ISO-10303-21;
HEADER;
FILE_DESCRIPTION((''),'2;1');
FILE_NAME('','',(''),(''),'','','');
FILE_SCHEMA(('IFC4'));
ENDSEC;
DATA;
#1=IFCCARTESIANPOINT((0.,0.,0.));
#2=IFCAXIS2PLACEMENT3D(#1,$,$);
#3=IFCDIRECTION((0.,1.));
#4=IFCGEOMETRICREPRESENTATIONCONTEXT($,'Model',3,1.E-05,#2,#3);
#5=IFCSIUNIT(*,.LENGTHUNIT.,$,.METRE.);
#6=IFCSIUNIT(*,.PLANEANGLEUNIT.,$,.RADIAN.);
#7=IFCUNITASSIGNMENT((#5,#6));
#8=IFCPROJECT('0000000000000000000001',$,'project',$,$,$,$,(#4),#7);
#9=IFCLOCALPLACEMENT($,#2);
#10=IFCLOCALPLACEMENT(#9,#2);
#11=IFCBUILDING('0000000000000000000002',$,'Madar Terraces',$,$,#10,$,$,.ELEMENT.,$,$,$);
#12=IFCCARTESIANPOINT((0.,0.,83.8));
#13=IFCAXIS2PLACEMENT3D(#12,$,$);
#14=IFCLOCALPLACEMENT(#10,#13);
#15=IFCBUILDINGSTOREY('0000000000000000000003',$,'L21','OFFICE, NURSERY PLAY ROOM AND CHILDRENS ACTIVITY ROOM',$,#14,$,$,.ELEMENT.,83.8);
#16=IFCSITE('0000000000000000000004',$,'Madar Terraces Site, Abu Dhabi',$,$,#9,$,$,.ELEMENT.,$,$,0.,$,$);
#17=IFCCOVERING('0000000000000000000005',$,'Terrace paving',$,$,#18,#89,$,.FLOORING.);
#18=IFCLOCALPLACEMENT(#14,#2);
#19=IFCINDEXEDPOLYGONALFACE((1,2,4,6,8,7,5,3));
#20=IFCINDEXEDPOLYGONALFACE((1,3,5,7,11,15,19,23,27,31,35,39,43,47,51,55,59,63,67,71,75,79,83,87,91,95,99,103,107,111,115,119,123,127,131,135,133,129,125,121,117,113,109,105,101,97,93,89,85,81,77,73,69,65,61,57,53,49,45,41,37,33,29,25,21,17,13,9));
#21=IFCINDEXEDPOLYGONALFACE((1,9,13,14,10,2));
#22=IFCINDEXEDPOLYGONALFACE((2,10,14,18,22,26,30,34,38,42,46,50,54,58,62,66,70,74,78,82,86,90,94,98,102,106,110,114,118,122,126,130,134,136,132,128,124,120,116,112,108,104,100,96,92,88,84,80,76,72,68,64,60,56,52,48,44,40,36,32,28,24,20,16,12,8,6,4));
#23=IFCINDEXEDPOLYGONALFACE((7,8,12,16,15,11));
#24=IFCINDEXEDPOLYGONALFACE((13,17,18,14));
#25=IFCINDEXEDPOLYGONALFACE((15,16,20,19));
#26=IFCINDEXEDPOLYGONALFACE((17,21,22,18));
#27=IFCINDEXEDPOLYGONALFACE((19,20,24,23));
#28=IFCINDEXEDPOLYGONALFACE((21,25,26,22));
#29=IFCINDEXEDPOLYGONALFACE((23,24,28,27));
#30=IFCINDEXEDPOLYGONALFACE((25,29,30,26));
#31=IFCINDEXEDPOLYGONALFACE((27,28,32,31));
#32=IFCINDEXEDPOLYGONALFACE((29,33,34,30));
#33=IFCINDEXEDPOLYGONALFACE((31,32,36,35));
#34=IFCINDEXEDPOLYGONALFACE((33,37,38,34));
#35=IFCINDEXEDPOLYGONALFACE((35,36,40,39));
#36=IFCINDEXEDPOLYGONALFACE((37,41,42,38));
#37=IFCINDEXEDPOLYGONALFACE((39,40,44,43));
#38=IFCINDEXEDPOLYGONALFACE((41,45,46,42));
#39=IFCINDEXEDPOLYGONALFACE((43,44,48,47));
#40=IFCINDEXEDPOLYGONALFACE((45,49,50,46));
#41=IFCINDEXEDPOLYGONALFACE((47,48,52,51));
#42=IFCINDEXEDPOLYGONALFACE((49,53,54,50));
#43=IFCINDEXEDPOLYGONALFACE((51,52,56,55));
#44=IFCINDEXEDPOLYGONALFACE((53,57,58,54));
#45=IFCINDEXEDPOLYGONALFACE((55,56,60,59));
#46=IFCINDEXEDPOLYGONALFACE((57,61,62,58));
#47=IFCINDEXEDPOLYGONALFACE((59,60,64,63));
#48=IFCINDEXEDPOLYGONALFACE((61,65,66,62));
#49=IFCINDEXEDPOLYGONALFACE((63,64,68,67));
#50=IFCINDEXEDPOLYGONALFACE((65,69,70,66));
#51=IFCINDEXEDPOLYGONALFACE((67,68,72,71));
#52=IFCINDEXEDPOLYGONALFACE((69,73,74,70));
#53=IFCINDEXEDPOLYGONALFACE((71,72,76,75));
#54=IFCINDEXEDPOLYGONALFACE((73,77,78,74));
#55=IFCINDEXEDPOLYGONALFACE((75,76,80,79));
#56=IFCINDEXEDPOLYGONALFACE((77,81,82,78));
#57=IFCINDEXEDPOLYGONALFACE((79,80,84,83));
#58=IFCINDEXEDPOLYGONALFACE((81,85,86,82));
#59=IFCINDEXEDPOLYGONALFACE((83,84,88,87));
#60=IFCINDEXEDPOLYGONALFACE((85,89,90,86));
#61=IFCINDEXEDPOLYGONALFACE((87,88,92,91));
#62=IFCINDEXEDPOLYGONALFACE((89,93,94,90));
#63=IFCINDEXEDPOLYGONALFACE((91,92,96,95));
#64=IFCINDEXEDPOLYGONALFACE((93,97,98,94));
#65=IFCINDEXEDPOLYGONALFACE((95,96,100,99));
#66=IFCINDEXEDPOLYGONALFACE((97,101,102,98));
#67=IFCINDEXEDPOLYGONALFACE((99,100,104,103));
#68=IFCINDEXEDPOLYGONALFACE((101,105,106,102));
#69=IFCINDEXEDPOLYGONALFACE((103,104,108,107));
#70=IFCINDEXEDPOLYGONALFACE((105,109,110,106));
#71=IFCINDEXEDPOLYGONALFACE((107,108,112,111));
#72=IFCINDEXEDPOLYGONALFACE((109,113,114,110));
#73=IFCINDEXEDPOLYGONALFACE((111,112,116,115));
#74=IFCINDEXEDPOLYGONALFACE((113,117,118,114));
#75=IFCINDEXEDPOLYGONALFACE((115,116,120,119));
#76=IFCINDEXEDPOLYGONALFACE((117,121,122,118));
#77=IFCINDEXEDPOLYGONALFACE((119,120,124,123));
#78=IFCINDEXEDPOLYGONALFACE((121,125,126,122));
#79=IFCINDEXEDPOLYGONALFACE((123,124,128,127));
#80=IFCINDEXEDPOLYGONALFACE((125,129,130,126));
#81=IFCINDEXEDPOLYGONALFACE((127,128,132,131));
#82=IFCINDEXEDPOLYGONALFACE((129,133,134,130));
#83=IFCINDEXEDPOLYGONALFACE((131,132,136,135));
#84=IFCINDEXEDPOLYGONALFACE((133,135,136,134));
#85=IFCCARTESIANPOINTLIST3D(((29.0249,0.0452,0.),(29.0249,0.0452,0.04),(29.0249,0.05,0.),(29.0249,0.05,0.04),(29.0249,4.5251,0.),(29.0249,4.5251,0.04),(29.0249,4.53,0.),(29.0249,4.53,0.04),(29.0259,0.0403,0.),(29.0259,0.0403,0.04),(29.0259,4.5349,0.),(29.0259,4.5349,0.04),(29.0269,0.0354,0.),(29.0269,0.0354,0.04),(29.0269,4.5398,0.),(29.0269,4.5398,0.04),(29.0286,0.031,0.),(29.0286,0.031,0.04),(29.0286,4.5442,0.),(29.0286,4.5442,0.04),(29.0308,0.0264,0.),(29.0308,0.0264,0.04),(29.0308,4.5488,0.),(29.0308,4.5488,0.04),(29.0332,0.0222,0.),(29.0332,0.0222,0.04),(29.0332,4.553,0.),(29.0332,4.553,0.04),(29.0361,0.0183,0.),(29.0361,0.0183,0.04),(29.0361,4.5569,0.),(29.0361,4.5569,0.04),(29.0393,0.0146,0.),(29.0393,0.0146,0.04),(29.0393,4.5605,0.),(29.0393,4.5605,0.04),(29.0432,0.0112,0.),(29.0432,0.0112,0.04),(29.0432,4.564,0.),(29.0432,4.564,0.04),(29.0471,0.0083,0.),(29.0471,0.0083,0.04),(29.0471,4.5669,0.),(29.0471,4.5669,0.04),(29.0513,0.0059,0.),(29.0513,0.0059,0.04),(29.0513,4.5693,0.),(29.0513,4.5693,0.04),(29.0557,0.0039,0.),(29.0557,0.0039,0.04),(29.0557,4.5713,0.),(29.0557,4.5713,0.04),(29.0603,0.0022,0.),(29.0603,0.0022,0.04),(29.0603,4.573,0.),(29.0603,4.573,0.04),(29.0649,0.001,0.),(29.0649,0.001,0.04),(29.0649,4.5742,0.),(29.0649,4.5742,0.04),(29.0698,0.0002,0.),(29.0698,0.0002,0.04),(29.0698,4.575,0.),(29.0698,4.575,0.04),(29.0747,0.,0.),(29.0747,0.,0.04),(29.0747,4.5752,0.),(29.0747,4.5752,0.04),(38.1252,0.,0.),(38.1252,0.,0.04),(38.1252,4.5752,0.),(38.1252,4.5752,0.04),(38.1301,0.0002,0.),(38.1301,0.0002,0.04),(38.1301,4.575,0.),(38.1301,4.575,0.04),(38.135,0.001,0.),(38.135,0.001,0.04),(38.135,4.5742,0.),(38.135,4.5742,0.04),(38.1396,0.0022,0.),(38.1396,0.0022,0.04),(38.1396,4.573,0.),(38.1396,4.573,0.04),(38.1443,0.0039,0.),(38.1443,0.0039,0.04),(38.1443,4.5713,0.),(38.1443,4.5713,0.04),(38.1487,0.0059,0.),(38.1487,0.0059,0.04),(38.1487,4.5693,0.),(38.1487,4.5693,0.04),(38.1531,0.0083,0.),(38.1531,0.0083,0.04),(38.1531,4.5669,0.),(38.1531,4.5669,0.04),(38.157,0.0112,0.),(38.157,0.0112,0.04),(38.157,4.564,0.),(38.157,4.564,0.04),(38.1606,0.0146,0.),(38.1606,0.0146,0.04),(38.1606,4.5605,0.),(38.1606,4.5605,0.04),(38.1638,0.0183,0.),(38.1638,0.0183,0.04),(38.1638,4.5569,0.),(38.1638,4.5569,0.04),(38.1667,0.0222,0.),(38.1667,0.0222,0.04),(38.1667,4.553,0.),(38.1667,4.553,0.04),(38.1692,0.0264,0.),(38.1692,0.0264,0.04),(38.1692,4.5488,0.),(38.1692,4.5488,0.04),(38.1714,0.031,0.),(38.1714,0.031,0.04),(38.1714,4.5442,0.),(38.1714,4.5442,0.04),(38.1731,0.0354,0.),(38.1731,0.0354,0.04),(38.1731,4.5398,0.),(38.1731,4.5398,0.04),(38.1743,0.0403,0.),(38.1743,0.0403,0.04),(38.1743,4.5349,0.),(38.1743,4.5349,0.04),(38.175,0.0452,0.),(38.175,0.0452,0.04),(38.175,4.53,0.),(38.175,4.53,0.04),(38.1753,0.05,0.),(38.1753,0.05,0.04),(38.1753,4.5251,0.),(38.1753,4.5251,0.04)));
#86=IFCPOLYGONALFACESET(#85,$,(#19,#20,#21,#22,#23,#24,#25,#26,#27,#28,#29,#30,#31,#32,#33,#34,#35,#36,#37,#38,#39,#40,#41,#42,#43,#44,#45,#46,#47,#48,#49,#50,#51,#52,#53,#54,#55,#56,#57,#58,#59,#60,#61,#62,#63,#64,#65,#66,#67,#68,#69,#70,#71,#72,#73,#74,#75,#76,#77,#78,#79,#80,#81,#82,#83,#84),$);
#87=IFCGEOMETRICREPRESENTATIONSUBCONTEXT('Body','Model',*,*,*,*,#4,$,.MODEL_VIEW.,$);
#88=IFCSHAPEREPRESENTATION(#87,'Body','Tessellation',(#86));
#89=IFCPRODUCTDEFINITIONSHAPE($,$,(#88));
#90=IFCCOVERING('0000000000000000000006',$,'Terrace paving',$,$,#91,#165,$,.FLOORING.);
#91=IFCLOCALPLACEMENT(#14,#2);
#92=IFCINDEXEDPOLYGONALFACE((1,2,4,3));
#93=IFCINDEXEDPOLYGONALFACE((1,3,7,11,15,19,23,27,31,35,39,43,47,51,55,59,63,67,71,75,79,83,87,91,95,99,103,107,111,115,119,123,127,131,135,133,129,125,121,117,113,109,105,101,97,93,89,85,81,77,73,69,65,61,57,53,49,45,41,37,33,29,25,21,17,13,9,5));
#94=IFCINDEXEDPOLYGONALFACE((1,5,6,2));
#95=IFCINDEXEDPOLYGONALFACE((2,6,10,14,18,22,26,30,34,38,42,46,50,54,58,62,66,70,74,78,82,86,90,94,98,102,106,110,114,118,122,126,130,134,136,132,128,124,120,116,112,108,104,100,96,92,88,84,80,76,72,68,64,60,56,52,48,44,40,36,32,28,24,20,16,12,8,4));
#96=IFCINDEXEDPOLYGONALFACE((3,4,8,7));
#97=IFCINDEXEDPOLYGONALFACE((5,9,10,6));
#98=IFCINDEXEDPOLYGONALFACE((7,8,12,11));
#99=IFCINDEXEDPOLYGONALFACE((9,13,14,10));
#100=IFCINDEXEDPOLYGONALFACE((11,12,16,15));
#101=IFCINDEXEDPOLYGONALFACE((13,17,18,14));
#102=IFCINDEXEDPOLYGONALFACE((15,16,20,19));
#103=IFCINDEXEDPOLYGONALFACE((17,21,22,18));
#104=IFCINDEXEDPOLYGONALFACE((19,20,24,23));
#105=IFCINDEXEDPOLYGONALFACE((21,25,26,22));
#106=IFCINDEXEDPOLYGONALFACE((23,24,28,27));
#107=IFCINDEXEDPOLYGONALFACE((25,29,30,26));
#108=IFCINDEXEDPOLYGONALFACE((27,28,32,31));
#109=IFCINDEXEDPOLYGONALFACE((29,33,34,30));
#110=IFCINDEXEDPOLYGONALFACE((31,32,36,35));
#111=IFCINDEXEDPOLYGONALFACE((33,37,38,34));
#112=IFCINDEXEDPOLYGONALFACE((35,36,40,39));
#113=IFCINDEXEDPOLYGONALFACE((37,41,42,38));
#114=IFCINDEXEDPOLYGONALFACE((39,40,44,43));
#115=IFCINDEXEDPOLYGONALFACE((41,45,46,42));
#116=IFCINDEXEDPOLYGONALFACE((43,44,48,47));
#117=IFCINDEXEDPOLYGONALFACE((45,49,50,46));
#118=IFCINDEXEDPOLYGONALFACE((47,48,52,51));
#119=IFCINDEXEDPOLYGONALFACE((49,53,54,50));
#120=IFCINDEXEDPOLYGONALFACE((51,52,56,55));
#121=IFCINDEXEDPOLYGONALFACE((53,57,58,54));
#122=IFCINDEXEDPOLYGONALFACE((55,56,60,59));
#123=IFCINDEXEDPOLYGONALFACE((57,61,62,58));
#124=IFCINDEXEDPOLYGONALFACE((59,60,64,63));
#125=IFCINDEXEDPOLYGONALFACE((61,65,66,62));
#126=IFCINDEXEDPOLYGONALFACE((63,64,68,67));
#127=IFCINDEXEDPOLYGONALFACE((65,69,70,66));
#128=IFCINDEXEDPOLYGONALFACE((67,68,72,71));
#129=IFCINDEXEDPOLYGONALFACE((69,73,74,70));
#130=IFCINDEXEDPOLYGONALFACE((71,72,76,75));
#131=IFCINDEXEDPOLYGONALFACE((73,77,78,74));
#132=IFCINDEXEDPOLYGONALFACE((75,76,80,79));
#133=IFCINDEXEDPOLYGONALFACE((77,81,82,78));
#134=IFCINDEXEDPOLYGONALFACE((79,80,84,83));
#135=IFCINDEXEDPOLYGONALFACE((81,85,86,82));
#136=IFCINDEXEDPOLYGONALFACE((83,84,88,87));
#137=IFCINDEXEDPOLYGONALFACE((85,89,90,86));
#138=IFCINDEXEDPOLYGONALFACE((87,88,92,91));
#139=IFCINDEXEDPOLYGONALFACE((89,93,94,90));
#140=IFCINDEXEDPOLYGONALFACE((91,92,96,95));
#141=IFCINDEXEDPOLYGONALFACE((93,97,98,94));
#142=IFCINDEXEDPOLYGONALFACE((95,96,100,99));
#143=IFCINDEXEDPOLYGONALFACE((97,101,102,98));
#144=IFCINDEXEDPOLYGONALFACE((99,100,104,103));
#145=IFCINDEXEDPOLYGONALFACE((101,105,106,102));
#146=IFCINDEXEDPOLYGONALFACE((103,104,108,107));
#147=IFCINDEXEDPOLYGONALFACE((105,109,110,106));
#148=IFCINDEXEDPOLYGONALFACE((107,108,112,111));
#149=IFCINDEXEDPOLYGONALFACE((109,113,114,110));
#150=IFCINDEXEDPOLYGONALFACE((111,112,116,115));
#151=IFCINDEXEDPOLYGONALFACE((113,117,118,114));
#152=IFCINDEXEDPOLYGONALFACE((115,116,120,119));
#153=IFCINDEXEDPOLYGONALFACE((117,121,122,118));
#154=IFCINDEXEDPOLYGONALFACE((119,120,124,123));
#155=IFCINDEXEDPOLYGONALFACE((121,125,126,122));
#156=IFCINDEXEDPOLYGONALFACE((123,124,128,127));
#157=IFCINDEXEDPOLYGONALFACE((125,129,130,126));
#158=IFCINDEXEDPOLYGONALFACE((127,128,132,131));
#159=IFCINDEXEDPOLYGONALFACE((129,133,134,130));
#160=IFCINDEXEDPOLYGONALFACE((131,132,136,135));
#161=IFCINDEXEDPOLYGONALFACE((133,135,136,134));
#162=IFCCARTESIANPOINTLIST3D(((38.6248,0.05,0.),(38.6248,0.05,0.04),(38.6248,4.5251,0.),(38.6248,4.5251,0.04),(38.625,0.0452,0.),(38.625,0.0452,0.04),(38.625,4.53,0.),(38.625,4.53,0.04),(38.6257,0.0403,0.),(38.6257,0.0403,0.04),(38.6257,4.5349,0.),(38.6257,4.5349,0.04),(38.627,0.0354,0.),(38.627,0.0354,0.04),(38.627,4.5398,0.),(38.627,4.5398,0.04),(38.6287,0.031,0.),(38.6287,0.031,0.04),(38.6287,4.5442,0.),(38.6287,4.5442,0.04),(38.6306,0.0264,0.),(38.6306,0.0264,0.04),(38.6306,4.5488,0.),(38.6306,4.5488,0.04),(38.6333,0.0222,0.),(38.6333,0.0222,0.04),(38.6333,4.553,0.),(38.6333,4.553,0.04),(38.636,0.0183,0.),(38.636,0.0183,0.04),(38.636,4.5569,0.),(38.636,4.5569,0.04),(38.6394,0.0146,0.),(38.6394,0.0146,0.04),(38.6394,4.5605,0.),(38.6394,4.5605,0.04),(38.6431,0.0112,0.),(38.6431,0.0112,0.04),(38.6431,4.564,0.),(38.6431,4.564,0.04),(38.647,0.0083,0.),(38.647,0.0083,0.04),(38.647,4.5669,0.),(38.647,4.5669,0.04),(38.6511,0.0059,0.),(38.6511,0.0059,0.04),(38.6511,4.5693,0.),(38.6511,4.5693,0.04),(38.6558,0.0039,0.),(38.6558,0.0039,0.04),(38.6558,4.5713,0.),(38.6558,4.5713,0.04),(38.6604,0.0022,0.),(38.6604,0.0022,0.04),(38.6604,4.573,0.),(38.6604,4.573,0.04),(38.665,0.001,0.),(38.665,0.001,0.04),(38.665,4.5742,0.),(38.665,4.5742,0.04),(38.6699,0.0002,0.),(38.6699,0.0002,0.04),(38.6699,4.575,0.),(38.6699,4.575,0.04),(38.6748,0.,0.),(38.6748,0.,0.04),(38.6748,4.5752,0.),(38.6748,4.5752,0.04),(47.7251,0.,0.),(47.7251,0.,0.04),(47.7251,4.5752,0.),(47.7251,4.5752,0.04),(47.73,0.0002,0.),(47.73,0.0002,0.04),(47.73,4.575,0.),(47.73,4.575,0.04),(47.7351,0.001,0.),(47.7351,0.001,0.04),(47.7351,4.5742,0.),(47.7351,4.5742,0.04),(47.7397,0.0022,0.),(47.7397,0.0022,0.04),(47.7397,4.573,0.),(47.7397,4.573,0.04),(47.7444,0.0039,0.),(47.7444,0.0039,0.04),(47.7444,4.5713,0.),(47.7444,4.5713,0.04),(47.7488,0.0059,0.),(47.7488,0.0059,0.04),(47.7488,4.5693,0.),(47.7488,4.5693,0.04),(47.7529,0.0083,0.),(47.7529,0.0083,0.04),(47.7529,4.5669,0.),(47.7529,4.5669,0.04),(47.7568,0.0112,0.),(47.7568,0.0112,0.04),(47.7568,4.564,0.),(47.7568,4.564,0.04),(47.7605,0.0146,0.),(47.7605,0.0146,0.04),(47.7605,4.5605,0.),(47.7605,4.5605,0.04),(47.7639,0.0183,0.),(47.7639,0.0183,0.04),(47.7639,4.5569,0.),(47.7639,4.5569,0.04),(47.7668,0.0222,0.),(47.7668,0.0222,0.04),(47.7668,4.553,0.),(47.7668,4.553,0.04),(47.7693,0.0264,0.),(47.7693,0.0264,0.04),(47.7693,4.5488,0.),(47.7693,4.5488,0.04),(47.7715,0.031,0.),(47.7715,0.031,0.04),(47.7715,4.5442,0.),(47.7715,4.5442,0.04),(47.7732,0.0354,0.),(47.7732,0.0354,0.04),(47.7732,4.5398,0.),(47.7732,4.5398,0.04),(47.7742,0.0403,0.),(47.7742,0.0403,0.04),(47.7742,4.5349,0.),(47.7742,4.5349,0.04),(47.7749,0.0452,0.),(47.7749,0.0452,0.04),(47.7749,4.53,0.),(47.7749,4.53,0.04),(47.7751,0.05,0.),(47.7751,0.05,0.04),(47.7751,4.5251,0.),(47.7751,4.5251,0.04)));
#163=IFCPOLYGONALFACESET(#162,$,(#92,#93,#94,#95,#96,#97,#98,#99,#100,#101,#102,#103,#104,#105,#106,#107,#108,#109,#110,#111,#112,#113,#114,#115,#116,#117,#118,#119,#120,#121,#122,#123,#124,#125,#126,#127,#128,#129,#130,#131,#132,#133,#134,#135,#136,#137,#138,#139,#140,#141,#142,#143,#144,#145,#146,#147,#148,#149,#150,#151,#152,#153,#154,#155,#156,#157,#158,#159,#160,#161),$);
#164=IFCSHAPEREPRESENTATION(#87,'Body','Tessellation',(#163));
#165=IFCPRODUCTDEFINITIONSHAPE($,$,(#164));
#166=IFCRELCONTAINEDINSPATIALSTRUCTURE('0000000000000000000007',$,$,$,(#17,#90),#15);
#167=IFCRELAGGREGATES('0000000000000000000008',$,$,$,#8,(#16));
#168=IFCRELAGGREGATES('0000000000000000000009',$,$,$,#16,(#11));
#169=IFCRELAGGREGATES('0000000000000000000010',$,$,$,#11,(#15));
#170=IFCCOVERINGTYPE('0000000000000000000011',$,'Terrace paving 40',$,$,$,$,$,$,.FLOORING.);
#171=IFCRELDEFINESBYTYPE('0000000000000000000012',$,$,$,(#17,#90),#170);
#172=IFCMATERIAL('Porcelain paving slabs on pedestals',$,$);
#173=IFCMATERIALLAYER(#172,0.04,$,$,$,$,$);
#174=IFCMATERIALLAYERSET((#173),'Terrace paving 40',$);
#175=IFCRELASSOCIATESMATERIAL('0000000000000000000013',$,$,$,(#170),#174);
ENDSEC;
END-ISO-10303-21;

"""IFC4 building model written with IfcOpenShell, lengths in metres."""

from ifc_helpers import new_model, si_unit, direction, frame, origin, place, context, subcontext, project, spatial, polyline, outline, extrude, material, layer, layer_set, type_object, element, save


model = new_model("IFC4")

# Units and contexts
model_context = context("Model", 3, precision=1e-05, world=origin(), true_north=direction((0.0, 1.0)))
body_context = subcontext(model_context, "Body", "Model", "MODEL_VIEW")
ifc_project = project(units=[si_unit("LENGTHUNIT", "METRE"), si_unit("PLANEANGLEUNIT", "RADIAN")], contexts=[model_context])

# Site, building, storey
site_placement = place(None, origin())
site = spatial("IfcSite", under=ifc_project, at=site_placement, Name="Madar Terraces Site, Abu Dhabi", CompositionType="ELEMENT", RefElevation=0.0)
building_placement = place(site_placement, origin())
building = spatial("IfcBuilding", under=site, at=building_placement, Name="Madar Terraces", CompositionType="ELEMENT")
storey_placement = place(building_placement, frame((0.0, 0.0, 83.8)))
storey = spatial("IfcBuildingStorey", under=building, at=storey_placement, Name="L21", Description="OFFICE, NURSERY PLAY ROOM AND CHILDRENS ACTIVITY ROOM", CompositionType="ELEMENT", Elevation=83.8)

# Coverings
ifc_material_1 = material(Name="Porcelain paving slabs on pedestals")
ifc_layer_1 = layer(ifc_material_1, 0.04)
ifc_layer_set_1 = layer_set([ifc_layer_1], Name="Terrace paving 40")
covering_type = type_object("IfcCoveringType", Name="Terrace paving 40", PredefinedType="FLOORING", material=ifc_layer_set_1)
covering_1_placement = place(storey_placement, origin())
element("IfcCovering", 1, at=covering_1_placement, inside=storey, type_object=covering_type, Name="Terrace paving", PredefinedType="FLOORING", context=body_context, shape_type="SweptSolid", body=[
    extrude(outline(polyline([(29.0603, 0.0022), (29.0557, 0.0039), (29.0513, 0.0059), (29.0471, 0.0083), (29.0432, 0.0112), (29.0393, 0.0146), (29.0361, 0.0183), (29.0332, 0.0222), (29.0308, 0.0264), (29.0286, 0.031), (29.0269, 0.0354), (29.0259, 0.0403), (29.0249, 0.0452), (29.0249, 0.05), (29.0249, 4.5251), (29.0249, 4.53), (29.0259, 4.5349), (29.0269, 4.5398), (29.0286, 4.5442), (29.0308, 4.5488), (29.0332, 4.553), (29.0361, 4.5569), (29.0393, 4.5605), (29.0432, 4.564), (29.0471, 4.5669), (29.0513, 4.5693), (29.0557, 4.5713), (29.0603, 4.573), (29.0649, 4.5742), (29.0698, 4.575), (29.0747, 4.5752), (38.1252, 4.5752), (38.1301, 4.575), (38.135, 4.5742), (38.1396, 4.573), (38.1443, 4.5713), (38.1487, 4.5693), (38.1531, 4.5669), (38.157, 4.564), (38.1606, 4.5605), (38.1638, 4.5569), (38.1667, 4.553), (38.1692, 4.5488), (38.1714, 4.5442), (38.1731, 4.5398), (38.1743, 4.5349), (38.175, 4.53), (38.1753, 4.5251), (38.1753, 0.05), (38.175, 0.0452), (38.1743, 0.0403), (38.1731, 0.0354), (38.1714, 0.031), (38.1692, 0.0264), (38.1667, 0.0222), (38.1638, 0.0183), (38.1606, 0.0146), (38.157, 0.0112), (38.1531, 0.0083), (38.1487, 0.0059), (38.1443, 0.0039), (38.1396, 0.0022), (38.135, 0.001), (38.1301, 0.0002), (38.1252, 0.0), (29.0747, 0.0), (29.0698, 0.0002), (29.0649, 0.001), (29.0603, 0.0022)])), origin(), (0.0, 0.0, 1.0), 0.04),
])
covering_2_placement = place(storey_placement, origin())
element("IfcCovering", 2, at=covering_2_placement, inside=storey, type_object=covering_type, Name="Terrace paving", PredefinedType="FLOORING", context=body_context, shape_type="SweptSolid", body=[
    extrude(outline(polyline([(38.6604, 0.0022), (38.6558, 0.0039), (38.6511, 0.0059), (38.647, 0.0083), (38.6431, 0.0112), (38.6394, 0.0146), (38.636, 0.0183), (38.6333, 0.0222), (38.6306, 0.0264), (38.6287, 0.031), (38.627, 0.0354), (38.6257, 0.0403), (38.625, 0.0452), (38.6248, 0.05), (38.6248, 4.5251), (38.625, 4.53), (38.6257, 4.5349), (38.627, 4.5398), (38.6287, 4.5442), (38.6306, 4.5488), (38.6333, 4.553), (38.636, 4.5569), (38.6394, 4.5605), (38.6431, 4.564), (38.647, 4.5669), (38.6511, 4.5693), (38.6558, 4.5713), (38.6604, 4.573), (38.665, 4.5742), (38.6699, 4.575), (38.6748, 4.5752), (47.7251, 4.5752), (47.73, 4.575), (47.7351, 4.5742), (47.7397, 4.573), (47.7444, 4.5713), (47.7488, 4.5693), (47.7529, 4.5669), (47.7568, 4.564), (47.7605, 4.5605), (47.7639, 4.5569), (47.7668, 4.553), (47.7693, 4.5488), (47.7715, 4.5442), (47.7732, 4.5398), (47.7742, 4.5349), (47.7749, 4.53), (47.7751, 4.5251), (47.7751, 0.05), (47.7749, 0.0452), (47.7742, 0.0403), (47.7732, 0.0354), (47.7715, 0.031), (47.7693, 0.0264), (47.7668, 0.0222), (47.7639, 0.0183), (47.7605, 0.0146), (47.7568, 0.0112), (47.7529, 0.0083), (47.7488, 0.0059), (47.7444, 0.0039), (47.7397, 0.0022), (47.7351, 0.001), (47.73, 0.0002), (47.7251, 0.0), (38.6748, 0.0), (38.6699, 0.0002), (38.665, 0.001), (38.6604, 0.0022)])), origin(), (0.0, 0.0, 1.0), 0.04),
])

save(model, "model.ifc")
